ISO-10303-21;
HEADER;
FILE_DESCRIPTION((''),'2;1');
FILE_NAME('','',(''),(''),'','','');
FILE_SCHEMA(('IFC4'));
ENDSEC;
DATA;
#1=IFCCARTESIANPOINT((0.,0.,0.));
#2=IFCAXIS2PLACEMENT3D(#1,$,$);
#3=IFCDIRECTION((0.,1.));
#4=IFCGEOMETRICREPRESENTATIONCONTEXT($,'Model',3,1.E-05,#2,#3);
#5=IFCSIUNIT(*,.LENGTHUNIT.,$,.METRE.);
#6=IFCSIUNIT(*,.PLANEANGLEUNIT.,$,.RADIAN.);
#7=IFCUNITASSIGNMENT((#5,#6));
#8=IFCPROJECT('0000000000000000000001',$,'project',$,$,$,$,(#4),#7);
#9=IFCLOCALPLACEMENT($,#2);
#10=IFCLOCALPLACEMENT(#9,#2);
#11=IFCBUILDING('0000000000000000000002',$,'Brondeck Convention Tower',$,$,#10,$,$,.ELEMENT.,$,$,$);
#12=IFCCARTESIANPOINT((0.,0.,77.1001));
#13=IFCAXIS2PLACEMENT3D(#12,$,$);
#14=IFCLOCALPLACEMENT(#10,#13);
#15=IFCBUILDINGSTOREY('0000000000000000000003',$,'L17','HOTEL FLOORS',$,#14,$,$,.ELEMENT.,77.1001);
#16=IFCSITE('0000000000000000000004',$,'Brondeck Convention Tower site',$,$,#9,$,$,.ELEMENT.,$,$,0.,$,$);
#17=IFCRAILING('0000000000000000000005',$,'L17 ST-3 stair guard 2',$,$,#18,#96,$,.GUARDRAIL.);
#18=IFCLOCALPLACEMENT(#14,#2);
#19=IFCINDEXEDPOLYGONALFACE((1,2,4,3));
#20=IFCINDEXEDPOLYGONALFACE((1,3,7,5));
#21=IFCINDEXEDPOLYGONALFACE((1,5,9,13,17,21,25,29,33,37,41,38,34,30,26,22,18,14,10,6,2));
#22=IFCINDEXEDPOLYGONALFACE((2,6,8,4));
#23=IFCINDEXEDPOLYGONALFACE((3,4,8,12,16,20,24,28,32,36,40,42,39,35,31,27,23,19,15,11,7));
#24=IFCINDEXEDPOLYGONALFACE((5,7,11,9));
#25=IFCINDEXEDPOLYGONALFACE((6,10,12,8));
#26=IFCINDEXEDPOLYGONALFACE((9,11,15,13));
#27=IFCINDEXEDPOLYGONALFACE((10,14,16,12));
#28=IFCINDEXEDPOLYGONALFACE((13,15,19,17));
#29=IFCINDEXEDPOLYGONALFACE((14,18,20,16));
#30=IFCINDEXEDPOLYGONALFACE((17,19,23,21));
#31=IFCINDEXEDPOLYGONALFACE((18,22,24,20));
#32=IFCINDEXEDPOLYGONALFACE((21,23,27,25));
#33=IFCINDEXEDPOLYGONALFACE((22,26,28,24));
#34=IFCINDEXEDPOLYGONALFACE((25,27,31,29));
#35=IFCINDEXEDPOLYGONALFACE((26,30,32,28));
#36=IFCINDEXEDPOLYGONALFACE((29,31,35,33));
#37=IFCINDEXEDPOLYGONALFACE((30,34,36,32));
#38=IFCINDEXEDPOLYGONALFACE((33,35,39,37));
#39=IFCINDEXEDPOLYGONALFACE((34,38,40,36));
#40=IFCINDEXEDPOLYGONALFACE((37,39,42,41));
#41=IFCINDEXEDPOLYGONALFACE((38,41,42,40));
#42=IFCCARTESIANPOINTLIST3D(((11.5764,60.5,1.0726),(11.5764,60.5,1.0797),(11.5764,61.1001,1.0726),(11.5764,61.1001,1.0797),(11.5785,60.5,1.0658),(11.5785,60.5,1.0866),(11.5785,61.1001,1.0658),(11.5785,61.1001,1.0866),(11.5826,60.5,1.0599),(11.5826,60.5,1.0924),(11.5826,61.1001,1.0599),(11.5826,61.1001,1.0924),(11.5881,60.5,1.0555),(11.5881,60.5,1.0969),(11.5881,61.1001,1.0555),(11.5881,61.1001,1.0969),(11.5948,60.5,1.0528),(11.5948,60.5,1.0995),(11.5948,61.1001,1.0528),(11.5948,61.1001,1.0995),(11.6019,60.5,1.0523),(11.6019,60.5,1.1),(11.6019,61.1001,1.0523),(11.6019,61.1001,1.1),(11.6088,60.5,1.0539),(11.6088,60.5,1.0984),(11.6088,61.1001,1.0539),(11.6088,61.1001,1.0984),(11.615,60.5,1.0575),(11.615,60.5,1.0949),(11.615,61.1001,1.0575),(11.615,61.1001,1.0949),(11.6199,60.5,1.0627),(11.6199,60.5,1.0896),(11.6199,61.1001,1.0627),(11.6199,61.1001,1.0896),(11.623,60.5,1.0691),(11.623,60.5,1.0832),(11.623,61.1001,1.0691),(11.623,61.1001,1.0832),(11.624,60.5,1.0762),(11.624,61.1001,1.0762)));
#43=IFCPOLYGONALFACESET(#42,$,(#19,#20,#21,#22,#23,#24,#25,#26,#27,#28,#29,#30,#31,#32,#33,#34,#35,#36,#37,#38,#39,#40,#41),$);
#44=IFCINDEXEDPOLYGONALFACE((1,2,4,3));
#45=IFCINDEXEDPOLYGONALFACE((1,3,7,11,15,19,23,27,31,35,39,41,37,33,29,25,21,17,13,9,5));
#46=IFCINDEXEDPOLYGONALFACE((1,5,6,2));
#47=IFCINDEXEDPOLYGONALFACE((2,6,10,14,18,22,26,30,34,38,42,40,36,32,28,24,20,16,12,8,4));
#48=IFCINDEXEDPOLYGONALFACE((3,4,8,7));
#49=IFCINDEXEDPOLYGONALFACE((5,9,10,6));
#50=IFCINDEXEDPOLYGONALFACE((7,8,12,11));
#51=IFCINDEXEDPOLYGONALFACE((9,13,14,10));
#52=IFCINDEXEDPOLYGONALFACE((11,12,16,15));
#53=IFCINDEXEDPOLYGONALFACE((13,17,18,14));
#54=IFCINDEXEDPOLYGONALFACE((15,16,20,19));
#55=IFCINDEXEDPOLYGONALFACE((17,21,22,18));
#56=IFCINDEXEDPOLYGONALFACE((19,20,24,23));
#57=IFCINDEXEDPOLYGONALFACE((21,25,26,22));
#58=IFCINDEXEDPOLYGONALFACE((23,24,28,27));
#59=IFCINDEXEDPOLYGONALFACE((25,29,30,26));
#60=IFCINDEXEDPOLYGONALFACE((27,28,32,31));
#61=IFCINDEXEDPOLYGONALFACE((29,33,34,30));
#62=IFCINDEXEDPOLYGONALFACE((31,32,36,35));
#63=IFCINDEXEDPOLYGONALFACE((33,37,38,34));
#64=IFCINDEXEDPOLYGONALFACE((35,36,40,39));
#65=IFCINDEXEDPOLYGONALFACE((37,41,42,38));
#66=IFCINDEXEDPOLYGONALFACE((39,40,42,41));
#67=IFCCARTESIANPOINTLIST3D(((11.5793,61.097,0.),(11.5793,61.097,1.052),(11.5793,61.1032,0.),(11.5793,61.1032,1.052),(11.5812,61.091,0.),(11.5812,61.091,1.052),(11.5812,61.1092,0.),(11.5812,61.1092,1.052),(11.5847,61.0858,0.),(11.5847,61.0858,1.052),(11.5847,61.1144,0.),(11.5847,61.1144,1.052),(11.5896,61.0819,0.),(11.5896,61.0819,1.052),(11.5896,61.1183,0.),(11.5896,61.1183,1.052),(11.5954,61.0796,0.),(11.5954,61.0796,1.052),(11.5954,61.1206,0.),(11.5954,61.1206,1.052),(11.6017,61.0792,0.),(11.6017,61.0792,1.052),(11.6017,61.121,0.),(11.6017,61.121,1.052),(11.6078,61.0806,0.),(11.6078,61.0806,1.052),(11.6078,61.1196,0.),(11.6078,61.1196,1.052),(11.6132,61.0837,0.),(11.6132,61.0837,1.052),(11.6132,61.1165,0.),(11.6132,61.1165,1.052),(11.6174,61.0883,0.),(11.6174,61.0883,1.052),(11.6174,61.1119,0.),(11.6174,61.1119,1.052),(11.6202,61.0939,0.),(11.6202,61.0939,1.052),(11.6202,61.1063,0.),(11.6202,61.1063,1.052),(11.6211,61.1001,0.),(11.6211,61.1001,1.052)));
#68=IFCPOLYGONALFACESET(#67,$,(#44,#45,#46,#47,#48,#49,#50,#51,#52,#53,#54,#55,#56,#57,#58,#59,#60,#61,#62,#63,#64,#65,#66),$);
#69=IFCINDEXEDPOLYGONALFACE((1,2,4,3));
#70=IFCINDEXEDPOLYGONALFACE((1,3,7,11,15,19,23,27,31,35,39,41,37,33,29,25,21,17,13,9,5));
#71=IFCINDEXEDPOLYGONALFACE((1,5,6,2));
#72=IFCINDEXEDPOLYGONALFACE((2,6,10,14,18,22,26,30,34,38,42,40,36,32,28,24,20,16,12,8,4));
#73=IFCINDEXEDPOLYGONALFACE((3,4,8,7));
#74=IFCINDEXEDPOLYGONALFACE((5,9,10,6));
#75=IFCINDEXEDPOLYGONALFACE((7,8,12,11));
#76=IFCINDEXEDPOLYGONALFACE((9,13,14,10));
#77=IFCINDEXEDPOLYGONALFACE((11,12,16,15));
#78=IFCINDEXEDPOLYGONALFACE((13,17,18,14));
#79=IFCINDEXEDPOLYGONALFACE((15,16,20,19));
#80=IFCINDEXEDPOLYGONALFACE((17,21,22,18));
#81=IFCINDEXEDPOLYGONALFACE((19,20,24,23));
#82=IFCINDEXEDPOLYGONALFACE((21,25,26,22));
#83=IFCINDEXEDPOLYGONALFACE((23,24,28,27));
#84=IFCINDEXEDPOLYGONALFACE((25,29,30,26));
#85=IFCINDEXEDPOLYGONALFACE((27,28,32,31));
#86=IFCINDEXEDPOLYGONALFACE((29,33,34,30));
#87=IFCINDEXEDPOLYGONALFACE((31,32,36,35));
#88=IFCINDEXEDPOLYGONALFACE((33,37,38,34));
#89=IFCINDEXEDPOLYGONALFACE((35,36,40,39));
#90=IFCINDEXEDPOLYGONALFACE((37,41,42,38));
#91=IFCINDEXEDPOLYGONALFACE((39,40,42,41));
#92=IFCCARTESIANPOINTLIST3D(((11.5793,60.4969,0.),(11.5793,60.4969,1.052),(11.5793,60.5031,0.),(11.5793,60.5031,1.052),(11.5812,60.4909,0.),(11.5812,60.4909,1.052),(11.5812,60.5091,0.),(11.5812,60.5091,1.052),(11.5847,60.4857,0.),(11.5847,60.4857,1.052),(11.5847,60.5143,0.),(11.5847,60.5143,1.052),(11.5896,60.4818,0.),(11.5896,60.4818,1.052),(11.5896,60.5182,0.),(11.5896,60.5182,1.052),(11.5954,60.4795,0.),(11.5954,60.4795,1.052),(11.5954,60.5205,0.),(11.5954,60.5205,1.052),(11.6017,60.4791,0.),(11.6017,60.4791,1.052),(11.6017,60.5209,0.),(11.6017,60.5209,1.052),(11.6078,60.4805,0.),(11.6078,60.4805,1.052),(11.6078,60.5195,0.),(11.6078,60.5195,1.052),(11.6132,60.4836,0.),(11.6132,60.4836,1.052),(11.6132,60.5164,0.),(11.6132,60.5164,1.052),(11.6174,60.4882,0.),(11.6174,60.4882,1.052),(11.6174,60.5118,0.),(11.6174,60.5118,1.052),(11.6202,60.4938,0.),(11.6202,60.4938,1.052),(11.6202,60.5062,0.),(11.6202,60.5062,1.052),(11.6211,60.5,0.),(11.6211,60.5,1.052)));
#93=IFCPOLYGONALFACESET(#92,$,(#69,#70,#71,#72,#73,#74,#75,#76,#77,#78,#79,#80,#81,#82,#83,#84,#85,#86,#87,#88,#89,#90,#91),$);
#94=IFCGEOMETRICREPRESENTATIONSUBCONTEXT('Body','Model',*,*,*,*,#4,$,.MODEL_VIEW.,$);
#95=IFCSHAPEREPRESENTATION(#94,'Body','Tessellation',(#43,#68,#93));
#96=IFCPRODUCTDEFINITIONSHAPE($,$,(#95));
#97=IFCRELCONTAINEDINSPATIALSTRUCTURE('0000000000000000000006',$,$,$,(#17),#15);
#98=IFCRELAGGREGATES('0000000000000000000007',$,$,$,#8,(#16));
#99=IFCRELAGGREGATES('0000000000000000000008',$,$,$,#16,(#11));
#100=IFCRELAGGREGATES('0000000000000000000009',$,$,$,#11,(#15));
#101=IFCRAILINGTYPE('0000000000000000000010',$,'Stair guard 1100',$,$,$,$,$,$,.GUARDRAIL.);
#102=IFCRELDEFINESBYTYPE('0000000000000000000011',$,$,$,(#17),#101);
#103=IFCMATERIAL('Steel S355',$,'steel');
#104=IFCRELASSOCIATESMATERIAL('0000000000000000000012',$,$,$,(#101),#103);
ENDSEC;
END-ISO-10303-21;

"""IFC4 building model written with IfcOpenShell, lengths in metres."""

from ifc_helpers import new_model, si_unit, direction, frame, origin, origin_2d, place, context, subcontext, project, spatial, circle, extrude, material, type_object, element, save


model = new_model("IFC4")

# Units and contexts
model_context = context("Model", 3, precision=1e-05, world=origin(), true_north=direction((0.0, 1.0)))
body_context = subcontext(model_context, "Body", "Model", "MODEL_VIEW")
ifc_project = project(units=[si_unit("LENGTHUNIT", "METRE"), si_unit("PLANEANGLEUNIT", "RADIAN")], contexts=[model_context])

# Site, building, storey
site_placement = place(None, origin())
site = spatial("IfcSite", under=ifc_project, at=site_placement, Name="Brondeck Convention Tower site", CompositionType="ELEMENT", RefElevation=0.0)
building_placement = place(site_placement, origin())
building = spatial("IfcBuilding", under=site, at=building_placement, Name="Brondeck Convention Tower", CompositionType="ELEMENT")
storey_placement = place(building_placement, frame((0.0, 0.0, 77.1001)))
storey = spatial("IfcBuildingStorey", under=building, at=storey_placement, Name="L17", Description="HOTEL FLOORS", CompositionType="ELEMENT", Elevation=77.1001)

# Railing
ifc_material_1 = material(Name="Steel S355", Category="steel")
railing_type_1 = type_object("IfcRailingType", Name="Stair guard 1100", PredefinedType="GUARDRAIL", material=ifc_material_1)
railing_1_placement = place(storey_placement, frame((11.6001, 61.1001, 0.0)))
element("IfcRailing", 1, at=railing_1_placement, inside=storey, type_object=railing_type_1, Name="L17 ST-3 stair guard 2", PredefinedType="GUARDRAIL", context=body_context, shape_type="SweptSolid", body=[
    extrude(circle(Radius=0.0239, at=origin_2d()), frame((0.0, 0.0, 1.0762), z_axis=(0.0, -1.0, 0.0), x_axis=(1.0, 0.0, 0.0)), (0.0, 0.0, 1.0), 0.6001),
    extrude(circle(Radius=0.021, at=origin_2d()), origin(), (0.0, 0.0, 1.0), 1.052),
    extrude(circle(Radius=0.021, at=origin_2d()), frame((0.0, -0.6001, 0.0)), (0.0, 0.0, 1.0), 1.052),
])

save(model, "model.ifc")
